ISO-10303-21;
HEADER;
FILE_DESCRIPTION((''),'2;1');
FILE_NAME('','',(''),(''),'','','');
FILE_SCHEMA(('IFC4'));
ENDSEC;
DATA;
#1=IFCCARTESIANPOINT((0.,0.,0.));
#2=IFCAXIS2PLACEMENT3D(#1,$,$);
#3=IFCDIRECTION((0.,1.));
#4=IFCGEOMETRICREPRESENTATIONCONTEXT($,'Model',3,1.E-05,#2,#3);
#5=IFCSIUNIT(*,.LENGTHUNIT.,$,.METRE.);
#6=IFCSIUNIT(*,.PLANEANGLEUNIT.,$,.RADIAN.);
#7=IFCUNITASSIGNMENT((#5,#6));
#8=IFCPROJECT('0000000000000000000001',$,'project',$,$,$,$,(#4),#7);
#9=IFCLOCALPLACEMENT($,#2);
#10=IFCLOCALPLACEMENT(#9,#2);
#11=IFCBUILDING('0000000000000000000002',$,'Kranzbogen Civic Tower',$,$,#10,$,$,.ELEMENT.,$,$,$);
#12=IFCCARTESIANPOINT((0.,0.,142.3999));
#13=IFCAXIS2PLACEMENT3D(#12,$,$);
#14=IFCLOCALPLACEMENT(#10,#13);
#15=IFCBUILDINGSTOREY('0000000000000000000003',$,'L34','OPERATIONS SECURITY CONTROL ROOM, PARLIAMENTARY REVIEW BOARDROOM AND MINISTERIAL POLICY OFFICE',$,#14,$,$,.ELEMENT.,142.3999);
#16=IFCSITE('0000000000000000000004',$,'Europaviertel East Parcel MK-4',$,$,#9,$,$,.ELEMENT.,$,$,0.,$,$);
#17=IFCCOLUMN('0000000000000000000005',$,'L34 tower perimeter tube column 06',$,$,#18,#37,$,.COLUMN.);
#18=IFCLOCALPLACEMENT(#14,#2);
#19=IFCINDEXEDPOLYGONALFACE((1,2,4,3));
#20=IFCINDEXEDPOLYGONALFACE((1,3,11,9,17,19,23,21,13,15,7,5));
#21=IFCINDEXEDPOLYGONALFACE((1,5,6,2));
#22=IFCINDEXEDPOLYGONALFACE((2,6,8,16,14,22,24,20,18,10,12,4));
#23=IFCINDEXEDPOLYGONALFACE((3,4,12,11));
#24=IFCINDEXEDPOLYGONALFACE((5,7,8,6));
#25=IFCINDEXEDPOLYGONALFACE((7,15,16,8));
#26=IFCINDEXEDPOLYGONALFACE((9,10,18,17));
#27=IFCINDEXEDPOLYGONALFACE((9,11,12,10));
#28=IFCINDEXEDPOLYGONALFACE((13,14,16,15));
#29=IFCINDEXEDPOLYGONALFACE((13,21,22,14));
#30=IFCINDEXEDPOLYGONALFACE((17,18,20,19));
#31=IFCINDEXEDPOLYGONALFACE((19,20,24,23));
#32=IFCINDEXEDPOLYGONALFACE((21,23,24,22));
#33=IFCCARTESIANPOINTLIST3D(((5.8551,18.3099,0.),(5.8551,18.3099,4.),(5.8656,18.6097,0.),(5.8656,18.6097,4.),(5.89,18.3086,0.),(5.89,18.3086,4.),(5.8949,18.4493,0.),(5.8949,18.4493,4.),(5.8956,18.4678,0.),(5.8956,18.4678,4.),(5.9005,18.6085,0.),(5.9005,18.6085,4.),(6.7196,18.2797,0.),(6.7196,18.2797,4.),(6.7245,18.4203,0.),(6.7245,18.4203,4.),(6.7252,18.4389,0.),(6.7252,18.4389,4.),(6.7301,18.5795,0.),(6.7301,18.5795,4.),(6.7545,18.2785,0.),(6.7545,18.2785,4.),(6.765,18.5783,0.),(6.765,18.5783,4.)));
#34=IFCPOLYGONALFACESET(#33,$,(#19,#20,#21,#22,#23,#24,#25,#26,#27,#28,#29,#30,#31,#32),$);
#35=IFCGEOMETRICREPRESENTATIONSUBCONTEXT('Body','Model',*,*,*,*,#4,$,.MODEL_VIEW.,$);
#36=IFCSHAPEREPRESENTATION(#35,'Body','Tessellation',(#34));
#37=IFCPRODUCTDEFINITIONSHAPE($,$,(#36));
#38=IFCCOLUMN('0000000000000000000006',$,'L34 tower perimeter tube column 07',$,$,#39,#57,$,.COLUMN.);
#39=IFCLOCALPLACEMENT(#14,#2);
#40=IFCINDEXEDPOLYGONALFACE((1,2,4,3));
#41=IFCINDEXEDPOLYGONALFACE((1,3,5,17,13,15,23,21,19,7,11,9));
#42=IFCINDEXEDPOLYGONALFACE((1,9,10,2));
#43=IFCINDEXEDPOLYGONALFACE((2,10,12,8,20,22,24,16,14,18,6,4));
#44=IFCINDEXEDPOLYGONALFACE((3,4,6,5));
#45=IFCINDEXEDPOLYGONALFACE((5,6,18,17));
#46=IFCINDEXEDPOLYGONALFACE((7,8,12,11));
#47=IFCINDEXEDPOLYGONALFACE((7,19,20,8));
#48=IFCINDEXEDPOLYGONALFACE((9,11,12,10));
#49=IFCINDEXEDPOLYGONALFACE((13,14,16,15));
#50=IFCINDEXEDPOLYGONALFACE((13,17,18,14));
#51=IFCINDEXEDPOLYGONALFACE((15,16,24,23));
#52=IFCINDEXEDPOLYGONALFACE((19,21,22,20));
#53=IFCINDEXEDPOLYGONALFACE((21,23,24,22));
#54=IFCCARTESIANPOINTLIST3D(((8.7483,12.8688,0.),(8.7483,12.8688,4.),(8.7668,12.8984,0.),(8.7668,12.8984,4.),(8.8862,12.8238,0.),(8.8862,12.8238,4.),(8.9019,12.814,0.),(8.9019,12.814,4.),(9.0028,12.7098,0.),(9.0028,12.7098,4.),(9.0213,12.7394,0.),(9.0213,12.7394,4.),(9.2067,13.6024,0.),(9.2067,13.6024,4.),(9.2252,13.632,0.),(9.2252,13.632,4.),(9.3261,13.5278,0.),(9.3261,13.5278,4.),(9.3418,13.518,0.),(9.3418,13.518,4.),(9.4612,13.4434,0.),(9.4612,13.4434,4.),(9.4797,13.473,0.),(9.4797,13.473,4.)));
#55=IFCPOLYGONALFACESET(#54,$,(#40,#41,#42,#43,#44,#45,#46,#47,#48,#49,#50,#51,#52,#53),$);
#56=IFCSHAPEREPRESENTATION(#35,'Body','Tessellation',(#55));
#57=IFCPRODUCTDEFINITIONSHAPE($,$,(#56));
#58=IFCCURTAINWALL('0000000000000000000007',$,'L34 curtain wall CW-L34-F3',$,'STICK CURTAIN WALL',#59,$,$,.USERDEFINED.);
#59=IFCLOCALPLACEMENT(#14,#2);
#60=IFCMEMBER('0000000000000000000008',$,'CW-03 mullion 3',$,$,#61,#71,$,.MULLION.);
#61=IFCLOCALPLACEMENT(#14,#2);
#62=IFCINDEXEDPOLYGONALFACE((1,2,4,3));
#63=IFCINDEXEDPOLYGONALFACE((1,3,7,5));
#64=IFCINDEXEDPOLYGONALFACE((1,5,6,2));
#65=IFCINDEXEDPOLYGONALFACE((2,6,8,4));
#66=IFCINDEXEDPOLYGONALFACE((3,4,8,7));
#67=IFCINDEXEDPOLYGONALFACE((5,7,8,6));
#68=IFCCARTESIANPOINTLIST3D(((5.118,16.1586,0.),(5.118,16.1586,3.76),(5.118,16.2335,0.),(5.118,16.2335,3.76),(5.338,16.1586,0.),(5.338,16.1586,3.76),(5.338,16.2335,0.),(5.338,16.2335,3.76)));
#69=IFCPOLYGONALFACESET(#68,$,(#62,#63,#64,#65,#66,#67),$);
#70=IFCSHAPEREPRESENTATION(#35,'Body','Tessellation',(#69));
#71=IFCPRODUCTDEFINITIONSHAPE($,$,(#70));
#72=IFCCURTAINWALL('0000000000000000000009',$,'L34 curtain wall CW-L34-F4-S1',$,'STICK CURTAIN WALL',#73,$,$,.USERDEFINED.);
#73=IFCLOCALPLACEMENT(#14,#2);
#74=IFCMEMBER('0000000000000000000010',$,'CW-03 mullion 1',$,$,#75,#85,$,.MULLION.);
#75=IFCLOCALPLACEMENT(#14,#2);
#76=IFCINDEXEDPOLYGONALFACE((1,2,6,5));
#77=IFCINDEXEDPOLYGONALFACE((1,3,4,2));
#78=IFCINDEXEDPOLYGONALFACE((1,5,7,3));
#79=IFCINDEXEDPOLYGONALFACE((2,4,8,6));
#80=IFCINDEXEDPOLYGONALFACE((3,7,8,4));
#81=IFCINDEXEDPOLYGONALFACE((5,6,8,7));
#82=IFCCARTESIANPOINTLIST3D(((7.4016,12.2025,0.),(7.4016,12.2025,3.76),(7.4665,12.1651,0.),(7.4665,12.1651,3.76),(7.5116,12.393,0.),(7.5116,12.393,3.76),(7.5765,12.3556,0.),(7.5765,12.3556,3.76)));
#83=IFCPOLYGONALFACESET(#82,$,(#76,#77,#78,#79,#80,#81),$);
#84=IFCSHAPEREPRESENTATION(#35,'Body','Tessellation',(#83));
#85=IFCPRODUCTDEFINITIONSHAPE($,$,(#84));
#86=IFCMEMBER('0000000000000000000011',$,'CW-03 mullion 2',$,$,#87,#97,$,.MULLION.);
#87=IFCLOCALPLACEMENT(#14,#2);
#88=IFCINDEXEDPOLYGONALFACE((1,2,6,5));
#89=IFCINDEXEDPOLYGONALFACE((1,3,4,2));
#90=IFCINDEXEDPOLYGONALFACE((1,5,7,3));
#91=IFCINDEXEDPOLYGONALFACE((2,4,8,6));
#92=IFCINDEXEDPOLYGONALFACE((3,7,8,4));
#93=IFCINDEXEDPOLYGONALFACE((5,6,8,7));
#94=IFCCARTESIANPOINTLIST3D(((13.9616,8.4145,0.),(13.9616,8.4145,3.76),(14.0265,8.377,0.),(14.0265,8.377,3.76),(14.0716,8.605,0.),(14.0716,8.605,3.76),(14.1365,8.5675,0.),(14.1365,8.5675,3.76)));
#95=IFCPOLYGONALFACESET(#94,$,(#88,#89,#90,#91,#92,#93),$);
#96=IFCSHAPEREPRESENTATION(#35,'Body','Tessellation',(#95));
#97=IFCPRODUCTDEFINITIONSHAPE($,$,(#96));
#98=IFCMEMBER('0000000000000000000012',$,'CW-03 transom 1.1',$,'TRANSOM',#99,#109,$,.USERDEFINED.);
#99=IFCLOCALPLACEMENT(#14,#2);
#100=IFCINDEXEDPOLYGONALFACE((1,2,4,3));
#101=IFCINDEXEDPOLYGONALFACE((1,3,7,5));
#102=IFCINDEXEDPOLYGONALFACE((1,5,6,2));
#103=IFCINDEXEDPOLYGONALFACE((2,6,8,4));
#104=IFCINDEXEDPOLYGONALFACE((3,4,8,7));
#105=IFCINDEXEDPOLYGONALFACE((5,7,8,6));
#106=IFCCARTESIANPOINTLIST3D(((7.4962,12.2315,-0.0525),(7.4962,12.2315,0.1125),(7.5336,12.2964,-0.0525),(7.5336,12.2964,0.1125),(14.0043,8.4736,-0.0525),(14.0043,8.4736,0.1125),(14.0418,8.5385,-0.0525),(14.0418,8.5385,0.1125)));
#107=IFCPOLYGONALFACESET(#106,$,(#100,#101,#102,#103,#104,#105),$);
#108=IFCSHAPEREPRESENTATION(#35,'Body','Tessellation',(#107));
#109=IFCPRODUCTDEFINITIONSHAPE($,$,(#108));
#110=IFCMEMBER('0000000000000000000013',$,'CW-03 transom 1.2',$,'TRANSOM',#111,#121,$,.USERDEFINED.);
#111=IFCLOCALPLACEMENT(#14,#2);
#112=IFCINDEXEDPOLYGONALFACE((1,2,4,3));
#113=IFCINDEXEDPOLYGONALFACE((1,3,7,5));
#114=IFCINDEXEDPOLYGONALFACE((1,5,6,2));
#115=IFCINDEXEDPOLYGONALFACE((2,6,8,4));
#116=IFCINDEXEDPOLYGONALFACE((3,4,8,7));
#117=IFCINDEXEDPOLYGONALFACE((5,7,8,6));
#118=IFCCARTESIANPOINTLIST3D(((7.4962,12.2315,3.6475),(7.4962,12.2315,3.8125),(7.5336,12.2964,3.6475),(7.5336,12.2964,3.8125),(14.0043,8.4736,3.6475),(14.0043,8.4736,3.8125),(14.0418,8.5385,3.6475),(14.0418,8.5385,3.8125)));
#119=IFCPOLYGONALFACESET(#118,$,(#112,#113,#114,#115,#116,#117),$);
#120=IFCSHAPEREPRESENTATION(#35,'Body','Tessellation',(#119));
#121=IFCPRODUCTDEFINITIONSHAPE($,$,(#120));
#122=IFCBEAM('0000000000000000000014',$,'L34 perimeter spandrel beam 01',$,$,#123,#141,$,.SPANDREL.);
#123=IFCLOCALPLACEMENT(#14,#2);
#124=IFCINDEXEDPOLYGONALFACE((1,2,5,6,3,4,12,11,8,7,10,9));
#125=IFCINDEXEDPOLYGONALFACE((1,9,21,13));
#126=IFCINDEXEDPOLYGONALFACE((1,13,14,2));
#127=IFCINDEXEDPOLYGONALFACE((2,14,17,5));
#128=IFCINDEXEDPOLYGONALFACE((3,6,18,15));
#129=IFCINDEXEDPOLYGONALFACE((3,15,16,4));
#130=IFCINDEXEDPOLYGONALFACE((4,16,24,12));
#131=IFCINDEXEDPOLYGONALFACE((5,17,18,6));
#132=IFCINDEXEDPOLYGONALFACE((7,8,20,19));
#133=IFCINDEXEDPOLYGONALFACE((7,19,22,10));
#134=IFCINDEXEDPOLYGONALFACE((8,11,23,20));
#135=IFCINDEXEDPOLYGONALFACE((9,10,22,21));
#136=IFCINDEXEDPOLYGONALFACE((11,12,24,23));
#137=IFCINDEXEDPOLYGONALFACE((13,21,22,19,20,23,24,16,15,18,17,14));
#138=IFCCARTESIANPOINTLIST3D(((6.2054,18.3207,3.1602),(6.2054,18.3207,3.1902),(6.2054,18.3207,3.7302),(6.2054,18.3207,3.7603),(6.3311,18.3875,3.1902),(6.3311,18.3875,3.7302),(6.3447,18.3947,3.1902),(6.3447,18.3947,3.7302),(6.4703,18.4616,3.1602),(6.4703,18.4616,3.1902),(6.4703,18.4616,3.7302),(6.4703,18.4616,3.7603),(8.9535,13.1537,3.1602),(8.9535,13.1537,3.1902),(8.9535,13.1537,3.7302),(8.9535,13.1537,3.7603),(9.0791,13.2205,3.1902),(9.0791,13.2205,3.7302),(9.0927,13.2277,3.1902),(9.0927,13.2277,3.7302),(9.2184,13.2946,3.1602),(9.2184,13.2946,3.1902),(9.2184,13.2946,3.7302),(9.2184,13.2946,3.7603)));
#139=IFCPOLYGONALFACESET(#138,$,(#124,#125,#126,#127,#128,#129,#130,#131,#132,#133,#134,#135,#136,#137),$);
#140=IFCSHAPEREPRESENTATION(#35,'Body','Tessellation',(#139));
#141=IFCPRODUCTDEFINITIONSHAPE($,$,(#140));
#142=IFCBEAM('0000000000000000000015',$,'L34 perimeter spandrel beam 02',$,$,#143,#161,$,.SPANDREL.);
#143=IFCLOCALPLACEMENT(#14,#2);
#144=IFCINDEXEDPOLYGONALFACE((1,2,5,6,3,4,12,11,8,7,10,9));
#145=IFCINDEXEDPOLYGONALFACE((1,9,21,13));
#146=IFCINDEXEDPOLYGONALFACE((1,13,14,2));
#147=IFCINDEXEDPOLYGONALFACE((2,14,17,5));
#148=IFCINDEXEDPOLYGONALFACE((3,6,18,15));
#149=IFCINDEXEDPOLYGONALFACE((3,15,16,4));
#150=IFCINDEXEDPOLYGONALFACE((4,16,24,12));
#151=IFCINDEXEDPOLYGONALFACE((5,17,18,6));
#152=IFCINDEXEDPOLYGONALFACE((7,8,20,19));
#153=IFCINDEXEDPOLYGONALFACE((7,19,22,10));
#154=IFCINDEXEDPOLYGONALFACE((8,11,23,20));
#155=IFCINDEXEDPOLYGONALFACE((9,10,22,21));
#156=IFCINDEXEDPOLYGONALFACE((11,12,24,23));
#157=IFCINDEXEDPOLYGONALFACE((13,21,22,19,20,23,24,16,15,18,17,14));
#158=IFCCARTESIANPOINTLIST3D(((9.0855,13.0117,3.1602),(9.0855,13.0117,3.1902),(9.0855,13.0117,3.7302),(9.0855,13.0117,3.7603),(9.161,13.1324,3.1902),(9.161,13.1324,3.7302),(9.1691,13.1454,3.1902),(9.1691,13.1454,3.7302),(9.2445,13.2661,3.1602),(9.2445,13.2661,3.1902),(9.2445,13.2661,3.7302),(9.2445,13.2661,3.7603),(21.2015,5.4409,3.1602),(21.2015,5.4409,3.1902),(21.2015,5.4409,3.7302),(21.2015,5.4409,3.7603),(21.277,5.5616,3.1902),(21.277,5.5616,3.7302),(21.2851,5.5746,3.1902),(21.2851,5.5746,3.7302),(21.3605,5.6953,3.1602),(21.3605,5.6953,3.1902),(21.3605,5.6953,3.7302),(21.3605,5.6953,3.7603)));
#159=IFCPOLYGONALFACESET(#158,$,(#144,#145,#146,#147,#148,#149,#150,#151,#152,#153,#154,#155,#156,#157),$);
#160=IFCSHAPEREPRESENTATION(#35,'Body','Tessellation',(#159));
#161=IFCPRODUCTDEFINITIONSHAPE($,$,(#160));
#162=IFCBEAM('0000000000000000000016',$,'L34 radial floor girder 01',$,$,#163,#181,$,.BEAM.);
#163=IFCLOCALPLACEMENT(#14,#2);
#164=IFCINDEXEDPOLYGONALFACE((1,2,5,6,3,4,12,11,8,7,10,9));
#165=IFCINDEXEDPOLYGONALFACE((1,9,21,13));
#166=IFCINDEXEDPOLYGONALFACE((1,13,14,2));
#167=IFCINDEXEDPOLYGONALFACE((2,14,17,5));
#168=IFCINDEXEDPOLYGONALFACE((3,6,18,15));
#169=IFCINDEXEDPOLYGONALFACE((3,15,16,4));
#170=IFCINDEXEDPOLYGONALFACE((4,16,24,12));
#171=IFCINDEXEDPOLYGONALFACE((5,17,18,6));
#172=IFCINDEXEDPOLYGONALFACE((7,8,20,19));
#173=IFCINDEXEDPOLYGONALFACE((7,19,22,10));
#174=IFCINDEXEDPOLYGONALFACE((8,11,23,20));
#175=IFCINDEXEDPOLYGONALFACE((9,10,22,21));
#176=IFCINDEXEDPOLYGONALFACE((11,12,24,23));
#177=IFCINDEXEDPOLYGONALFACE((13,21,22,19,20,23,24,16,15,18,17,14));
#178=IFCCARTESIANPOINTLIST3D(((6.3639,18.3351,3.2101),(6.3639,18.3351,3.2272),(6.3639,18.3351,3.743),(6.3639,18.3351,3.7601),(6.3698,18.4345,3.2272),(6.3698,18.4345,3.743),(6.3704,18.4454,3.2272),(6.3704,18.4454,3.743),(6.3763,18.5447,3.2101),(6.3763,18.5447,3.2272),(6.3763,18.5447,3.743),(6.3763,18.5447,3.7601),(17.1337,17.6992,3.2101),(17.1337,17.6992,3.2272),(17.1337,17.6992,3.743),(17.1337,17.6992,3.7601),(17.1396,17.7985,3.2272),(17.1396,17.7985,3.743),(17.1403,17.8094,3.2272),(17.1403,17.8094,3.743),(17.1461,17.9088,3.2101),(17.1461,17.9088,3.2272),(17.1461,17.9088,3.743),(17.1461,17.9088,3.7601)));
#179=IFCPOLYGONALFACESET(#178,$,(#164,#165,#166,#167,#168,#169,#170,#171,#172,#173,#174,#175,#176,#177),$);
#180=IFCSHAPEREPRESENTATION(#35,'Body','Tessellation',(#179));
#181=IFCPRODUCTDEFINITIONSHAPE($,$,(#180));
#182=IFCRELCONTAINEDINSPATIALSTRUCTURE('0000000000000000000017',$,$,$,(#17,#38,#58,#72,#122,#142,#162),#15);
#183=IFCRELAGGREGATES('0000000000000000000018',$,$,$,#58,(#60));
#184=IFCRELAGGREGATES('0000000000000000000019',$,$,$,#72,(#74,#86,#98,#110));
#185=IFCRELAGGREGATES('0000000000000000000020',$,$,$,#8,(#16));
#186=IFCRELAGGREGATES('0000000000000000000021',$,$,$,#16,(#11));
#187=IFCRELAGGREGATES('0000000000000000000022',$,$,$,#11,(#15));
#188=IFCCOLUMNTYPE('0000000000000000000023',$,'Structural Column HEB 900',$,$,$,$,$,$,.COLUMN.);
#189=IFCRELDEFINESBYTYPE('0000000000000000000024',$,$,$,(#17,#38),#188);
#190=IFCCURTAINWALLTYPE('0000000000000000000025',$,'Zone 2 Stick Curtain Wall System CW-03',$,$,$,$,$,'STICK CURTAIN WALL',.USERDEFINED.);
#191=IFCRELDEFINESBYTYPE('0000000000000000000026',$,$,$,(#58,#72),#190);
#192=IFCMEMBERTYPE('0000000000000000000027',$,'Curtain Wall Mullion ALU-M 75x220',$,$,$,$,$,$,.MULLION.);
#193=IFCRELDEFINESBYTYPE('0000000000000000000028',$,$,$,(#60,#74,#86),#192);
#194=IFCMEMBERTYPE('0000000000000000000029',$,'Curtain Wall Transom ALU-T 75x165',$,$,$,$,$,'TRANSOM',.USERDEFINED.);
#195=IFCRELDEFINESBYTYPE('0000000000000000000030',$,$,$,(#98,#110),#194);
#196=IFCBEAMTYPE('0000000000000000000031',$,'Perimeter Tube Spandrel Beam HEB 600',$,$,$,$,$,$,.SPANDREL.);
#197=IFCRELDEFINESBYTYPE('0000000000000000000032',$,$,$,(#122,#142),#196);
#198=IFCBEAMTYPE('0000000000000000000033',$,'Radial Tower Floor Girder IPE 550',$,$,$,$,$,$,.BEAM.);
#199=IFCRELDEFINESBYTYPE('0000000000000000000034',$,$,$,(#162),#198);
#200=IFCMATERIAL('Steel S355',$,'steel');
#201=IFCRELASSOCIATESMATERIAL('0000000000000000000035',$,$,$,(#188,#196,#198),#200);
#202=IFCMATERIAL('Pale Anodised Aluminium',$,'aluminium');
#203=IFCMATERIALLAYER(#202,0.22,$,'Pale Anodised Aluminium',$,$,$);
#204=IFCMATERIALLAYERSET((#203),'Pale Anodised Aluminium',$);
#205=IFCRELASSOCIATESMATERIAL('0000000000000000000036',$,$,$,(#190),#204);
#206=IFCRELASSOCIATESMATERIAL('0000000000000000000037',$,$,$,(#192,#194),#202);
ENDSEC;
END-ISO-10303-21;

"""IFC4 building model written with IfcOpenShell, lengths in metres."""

from ifc_helpers import new_model, si_unit, direction, frame, origin, origin_2d, place, context, subcontext, project, spatial, rectangle, i_section, extrude, material, layer, layer_set, material_profile, profile_set, type_object, element, aggregate, save


model = new_model("IFC4")

# Units and contexts
model_context = context("Model", 3, precision=1e-05, world=origin(), true_north=direction((0.0, 1.0)))
body_context = subcontext(model_context, "Body", "Model", "MODEL_VIEW")
ifc_project = project(units=[si_unit("LENGTHUNIT", "METRE"), si_unit("PLANEANGLEUNIT", "RADIAN")], contexts=[model_context])

# Site, building, storey
site_placement = place(None, origin())
site = spatial("IfcSite", under=ifc_project, at=site_placement, Name="Europaviertel East Parcel MK-4", CompositionType="ELEMENT", RefElevation=0.0)
building_placement = place(site_placement, origin())
building = spatial("IfcBuilding", under=site, at=building_placement, Name="Kranzbogen Civic Tower", CompositionType="ELEMENT")
storey_placement = place(building_placement, frame((0.0, 0.0, 142.3999)))
storey = spatial("IfcBuildingStorey", under=building, at=storey_placement, Name="L34", Description="OPERATIONS SECURITY CONTROL ROOM, PARLIAMENTARY REVIEW BOARDROOM AND MINISTERIAL POLICY OFFICE", CompositionType="ELEMENT", Elevation=142.3999)

# Columns
ifc_material_1 = material(Name="Steel S355", Category="steel")
ifc_material_profile_1 = material_profile(ifc_material_1, i_section(OverallWidth=0.3, OverallDepth=0.8999, WebThickness=0.0186, FlangeThickness=0.0349, at=origin_2d()), Name="HEB 900")
ifc_profile_set_1 = profile_set([ifc_material_profile_1], Name="Steel S355")
column_type = type_object("IfcColumnType", Name="Structural Column HEB 900", PredefinedType="COLUMN", material=ifc_profile_set_1)
for number, where, z_axis, x_axis, name in (
    (1, (6.3101, 18.4441, 0.0), (0.0, 0.0, 1.0), (0.034899, 0.999391, 0.0), "L34 tower perimeter tube column 06"),
    (2, (9.114, 13.1709, 0.0), (0.0, 0.0, 1.0), (-0.848048, 0.529919, 0.0), "L34 tower perimeter tube column 07"),
):
    element("IfcColumn", number, at=place(storey_placement, frame(where, z_axis=z_axis, x_axis=x_axis)), inside=storey, type_object=column_type, Name=name, PredefinedType="COLUMN", context=body_context, shape_type="SweptSolid", body=[
        extrude(i_section(OverallWidth=0.3, OverallDepth=0.8999, WebThickness=0.0186, FlangeThickness=0.0349, at=origin_2d()), origin(), (0.0, 0.0, 1.0), 4.0),
    ])

# Curtain wall, member
ifc_material_2 = material(Name="Pale Anodised Aluminium", Category="aluminium")
ifc_layer_1 = layer(ifc_material_2, 0.22, Name="Pale Anodised Aluminium")
ifc_layer_set_1 = layer_set([ifc_layer_1], Name="Pale Anodised Aluminium")
curtain_wall_type = type_object("IfcCurtainWallType", Name="Zone 2 Stick Curtain Wall System CW-03", ElementType="STICK CURTAIN WALL", PredefinedType="USERDEFINED", material=ifc_layer_set_1)
curtain_wall_1_placement = place(storey_placement, origin())
curtain_wall_1 = element("IfcCurtainWall", 3, at=curtain_wall_1_placement, inside=storey, type_object=curtain_wall_type, Name="L34 curtain wall CW-L34-F3", ObjectType="STICK CURTAIN WALL", PredefinedType="USERDEFINED")
ifc_material_profile_2 = material_profile(ifc_material_2, rectangle(XDim=0.075, YDim=0.22, at=origin_2d()), Name="ALU-M 75x220")
ifc_profile_set_2 = profile_set([ifc_material_profile_2], Name="Pale Anodised Aluminium")
member_type_1 = type_object("IfcMemberType", Name="Curtain Wall Mullion ALU-M 75x220", PredefinedType="MULLION", material=ifc_profile_set_2)
member_1_placement = place(storey_placement, frame((5.228, 16.196, 0.0), z_axis=(0.0, 0.0, 1.0), x_axis=(0.0, -1.0, 0.0)))
member_1 = element("IfcMember", 4, at=member_1_placement, type_object=member_type_1, Name="CW-03 mullion 3", PredefinedType="MULLION", context=body_context, shape_type="SweptSolid", body=[
    extrude(rectangle(XDim=0.075, YDim=0.22, at=origin_2d()), origin(), (0.0, 0.0, 1.0), 3.76),
])

# Curtain wall, members
curtain_wall_2_placement = place(storey_placement, origin())
curtain_wall_2 = element("IfcCurtainWall", 5, at=curtain_wall_2_placement, inside=storey, type_object=curtain_wall_type, Name="L34 curtain wall CW-L34-F4-S1", ObjectType="STICK CURTAIN WALL", PredefinedType="USERDEFINED")
member_2_placement = place(storey_placement, frame((7.489, 12.2791, 0.0), z_axis=(0.0, 0.0, 1.0), x_axis=(0.865994, -0.500055, 0.0)))
member_2 = element("IfcMember", 6, at=member_2_placement, type_object=member_type_1, Name="CW-03 mullion 1", PredefinedType="MULLION", context=body_context, shape_type="SweptSolid", body=[
    extrude(rectangle(XDim=0.075, YDim=0.22, at=origin_2d()), origin(), (0.0, 0.0, 1.0), 3.76),
])
member_3_placement = place(storey_placement, frame((14.0491, 8.491, 0.0), z_axis=(0.0, 0.0, 1.0), x_axis=(0.865994, -0.500055, 0.0)))
member_3 = element("IfcMember", 7, at=member_3_placement, type_object=member_type_1, Name="CW-03 mullion 2", PredefinedType="MULLION", context=body_context, shape_type="SweptSolid", body=[
    extrude(rectangle(XDim=0.075, YDim=0.22, at=origin_2d()), origin(), (0.0, 0.0, 1.0), 3.76),
])
ifc_material_profile_3 = material_profile(ifc_material_2, rectangle(XDim=0.075, YDim=0.165, at=origin_2d()), Name="ALU-T 75x165")
ifc_profile_set_3 = profile_set([ifc_material_profile_3], Name="Pale Anodised Aluminium")
member_type_2 = type_object("IfcMemberType", Name="Curtain Wall Transom ALU-T 75x165", ElementType="TRANSOM", PredefinedType="USERDEFINED", material=ifc_profile_set_3)
member_4_placement = place(storey_placement, frame((7.5149, 12.2639, 0.03), z_axis=(0.866003, -0.500038, 0.0), x_axis=(0.500038, 0.866003, 0.0)))
member_4 = element("IfcMember", 8, at=member_4_placement, type_object=member_type_2, Name="CW-03 transom 1.1", ObjectType="TRANSOM", PredefinedType="USERDEFINED", context=body_context, shape_type="SweptSolid", body=[
    extrude(rectangle(XDim=0.075, YDim=0.165, at=origin_2d()), origin(), (0.0, 0.0, 1.0), 7.5151),
])
member_5_placement = place(storey_placement, frame((7.5149, 12.2639, 3.73), z_axis=(0.866003, -0.500038, 0.0), x_axis=(0.500038, 0.866003, 0.0)))
member_5 = element("IfcMember", 9, at=member_5_placement, type_object=member_type_2, Name="CW-03 transom 1.2", ObjectType="TRANSOM", PredefinedType="USERDEFINED", context=body_context, shape_type="SweptSolid", body=[
    extrude(rectangle(XDim=0.075, YDim=0.165, at=origin_2d()), origin(), (0.0, 0.0, 1.0), 7.5151),
])

# Beams
ifc_material_profile_4 = material_profile(ifc_material_1, i_section(OverallWidth=0.3, OverallDepth=0.6001, WebThickness=0.0154, FlangeThickness=0.03, at=origin_2d()), Name="HEB 600")
ifc_profile_set_4 = profile_set([ifc_material_profile_4], Name="Steel S355")
beam_type_1 = type_object("IfcBeamType", Name="Perimeter Tube Spandrel Beam HEB 600", PredefinedType="SPANDREL", material=ifc_profile_set_4)
beam_1_placement = place(storey_placement, frame((6.3379, 18.3911, 3.4602), z_axis=(0.469566, -0.882897, 0.0), x_axis=(0.882897, 0.469566, 0.0)))
element("IfcBeam", 10, at=beam_1_placement, inside=storey, type_object=beam_type_1, Name="L34 perimeter spandrel beam 01", PredefinedType="SPANDREL", context=body_context, shape_type="SweptSolid", body=[
    extrude(i_section(OverallWidth=0.3, OverallDepth=0.6001, WebThickness=0.0154, FlangeThickness=0.03, at=origin_2d()), origin(), (0.0, 0.0, 1.0), 5.8523),
])
beam_2_placement = place(storey_placement, frame((9.165, 13.1389, 3.4602), z_axis=(0.848051, -0.529914, 0.0), x_axis=(0.529914, 0.848051, 0.0)))
element("IfcBeam", 11, at=beam_2_placement, inside=storey, type_object=beam_type_1, Name="L34 perimeter spandrel beam 02", PredefinedType="SPANDREL", context=body_context, shape_type="SweptSolid", body=[
    extrude(i_section(OverallWidth=0.3, OverallDepth=0.6001, WebThickness=0.0154, FlangeThickness=0.03, at=origin_2d()), origin(), (0.0, 0.0, 1.0), 14.2869),
])
ifc_material_profile_5 = material_profile(ifc_material_1, i_section(OverallWidth=0.21, OverallDepth=0.55, WebThickness=0.011, FlangeThickness=0.0171, at=origin_2d()), Name="IPE 550")
ifc_profile_set_5 = profile_set([ifc_material_profile_5], Name="Steel S355")
beam_type_2 = type_object("IfcBeamType", Name="Radial Tower Floor Girder IPE 550", PredefinedType="BEAM", material=ifc_profile_set_5)
beam_3_placement = place(storey_placement, frame((6.3701, 18.4399, 3.4851), z_axis=(0.998261, -0.05895, 0.0), x_axis=(0.05895, 0.998261, 0.0)))
element("IfcBeam", 12, at=beam_3_placement, inside=storey, type_object=beam_type_2, Name="L34 radial floor girder 01", PredefinedType="BEAM", context=body_context, shape_type="SweptSolid", body=[
    extrude(i_section(OverallWidth=0.21, OverallDepth=0.55, WebThickness=0.011, FlangeThickness=0.0171, at=origin_2d()), origin(), (0.0, 0.0, 1.0), 10.7886),
])

aggregate(curtain_wall_1, [member_1])
aggregate(curtain_wall_2, [member_2, member_3, member_4, member_5])

save(model, "model.ifc")
